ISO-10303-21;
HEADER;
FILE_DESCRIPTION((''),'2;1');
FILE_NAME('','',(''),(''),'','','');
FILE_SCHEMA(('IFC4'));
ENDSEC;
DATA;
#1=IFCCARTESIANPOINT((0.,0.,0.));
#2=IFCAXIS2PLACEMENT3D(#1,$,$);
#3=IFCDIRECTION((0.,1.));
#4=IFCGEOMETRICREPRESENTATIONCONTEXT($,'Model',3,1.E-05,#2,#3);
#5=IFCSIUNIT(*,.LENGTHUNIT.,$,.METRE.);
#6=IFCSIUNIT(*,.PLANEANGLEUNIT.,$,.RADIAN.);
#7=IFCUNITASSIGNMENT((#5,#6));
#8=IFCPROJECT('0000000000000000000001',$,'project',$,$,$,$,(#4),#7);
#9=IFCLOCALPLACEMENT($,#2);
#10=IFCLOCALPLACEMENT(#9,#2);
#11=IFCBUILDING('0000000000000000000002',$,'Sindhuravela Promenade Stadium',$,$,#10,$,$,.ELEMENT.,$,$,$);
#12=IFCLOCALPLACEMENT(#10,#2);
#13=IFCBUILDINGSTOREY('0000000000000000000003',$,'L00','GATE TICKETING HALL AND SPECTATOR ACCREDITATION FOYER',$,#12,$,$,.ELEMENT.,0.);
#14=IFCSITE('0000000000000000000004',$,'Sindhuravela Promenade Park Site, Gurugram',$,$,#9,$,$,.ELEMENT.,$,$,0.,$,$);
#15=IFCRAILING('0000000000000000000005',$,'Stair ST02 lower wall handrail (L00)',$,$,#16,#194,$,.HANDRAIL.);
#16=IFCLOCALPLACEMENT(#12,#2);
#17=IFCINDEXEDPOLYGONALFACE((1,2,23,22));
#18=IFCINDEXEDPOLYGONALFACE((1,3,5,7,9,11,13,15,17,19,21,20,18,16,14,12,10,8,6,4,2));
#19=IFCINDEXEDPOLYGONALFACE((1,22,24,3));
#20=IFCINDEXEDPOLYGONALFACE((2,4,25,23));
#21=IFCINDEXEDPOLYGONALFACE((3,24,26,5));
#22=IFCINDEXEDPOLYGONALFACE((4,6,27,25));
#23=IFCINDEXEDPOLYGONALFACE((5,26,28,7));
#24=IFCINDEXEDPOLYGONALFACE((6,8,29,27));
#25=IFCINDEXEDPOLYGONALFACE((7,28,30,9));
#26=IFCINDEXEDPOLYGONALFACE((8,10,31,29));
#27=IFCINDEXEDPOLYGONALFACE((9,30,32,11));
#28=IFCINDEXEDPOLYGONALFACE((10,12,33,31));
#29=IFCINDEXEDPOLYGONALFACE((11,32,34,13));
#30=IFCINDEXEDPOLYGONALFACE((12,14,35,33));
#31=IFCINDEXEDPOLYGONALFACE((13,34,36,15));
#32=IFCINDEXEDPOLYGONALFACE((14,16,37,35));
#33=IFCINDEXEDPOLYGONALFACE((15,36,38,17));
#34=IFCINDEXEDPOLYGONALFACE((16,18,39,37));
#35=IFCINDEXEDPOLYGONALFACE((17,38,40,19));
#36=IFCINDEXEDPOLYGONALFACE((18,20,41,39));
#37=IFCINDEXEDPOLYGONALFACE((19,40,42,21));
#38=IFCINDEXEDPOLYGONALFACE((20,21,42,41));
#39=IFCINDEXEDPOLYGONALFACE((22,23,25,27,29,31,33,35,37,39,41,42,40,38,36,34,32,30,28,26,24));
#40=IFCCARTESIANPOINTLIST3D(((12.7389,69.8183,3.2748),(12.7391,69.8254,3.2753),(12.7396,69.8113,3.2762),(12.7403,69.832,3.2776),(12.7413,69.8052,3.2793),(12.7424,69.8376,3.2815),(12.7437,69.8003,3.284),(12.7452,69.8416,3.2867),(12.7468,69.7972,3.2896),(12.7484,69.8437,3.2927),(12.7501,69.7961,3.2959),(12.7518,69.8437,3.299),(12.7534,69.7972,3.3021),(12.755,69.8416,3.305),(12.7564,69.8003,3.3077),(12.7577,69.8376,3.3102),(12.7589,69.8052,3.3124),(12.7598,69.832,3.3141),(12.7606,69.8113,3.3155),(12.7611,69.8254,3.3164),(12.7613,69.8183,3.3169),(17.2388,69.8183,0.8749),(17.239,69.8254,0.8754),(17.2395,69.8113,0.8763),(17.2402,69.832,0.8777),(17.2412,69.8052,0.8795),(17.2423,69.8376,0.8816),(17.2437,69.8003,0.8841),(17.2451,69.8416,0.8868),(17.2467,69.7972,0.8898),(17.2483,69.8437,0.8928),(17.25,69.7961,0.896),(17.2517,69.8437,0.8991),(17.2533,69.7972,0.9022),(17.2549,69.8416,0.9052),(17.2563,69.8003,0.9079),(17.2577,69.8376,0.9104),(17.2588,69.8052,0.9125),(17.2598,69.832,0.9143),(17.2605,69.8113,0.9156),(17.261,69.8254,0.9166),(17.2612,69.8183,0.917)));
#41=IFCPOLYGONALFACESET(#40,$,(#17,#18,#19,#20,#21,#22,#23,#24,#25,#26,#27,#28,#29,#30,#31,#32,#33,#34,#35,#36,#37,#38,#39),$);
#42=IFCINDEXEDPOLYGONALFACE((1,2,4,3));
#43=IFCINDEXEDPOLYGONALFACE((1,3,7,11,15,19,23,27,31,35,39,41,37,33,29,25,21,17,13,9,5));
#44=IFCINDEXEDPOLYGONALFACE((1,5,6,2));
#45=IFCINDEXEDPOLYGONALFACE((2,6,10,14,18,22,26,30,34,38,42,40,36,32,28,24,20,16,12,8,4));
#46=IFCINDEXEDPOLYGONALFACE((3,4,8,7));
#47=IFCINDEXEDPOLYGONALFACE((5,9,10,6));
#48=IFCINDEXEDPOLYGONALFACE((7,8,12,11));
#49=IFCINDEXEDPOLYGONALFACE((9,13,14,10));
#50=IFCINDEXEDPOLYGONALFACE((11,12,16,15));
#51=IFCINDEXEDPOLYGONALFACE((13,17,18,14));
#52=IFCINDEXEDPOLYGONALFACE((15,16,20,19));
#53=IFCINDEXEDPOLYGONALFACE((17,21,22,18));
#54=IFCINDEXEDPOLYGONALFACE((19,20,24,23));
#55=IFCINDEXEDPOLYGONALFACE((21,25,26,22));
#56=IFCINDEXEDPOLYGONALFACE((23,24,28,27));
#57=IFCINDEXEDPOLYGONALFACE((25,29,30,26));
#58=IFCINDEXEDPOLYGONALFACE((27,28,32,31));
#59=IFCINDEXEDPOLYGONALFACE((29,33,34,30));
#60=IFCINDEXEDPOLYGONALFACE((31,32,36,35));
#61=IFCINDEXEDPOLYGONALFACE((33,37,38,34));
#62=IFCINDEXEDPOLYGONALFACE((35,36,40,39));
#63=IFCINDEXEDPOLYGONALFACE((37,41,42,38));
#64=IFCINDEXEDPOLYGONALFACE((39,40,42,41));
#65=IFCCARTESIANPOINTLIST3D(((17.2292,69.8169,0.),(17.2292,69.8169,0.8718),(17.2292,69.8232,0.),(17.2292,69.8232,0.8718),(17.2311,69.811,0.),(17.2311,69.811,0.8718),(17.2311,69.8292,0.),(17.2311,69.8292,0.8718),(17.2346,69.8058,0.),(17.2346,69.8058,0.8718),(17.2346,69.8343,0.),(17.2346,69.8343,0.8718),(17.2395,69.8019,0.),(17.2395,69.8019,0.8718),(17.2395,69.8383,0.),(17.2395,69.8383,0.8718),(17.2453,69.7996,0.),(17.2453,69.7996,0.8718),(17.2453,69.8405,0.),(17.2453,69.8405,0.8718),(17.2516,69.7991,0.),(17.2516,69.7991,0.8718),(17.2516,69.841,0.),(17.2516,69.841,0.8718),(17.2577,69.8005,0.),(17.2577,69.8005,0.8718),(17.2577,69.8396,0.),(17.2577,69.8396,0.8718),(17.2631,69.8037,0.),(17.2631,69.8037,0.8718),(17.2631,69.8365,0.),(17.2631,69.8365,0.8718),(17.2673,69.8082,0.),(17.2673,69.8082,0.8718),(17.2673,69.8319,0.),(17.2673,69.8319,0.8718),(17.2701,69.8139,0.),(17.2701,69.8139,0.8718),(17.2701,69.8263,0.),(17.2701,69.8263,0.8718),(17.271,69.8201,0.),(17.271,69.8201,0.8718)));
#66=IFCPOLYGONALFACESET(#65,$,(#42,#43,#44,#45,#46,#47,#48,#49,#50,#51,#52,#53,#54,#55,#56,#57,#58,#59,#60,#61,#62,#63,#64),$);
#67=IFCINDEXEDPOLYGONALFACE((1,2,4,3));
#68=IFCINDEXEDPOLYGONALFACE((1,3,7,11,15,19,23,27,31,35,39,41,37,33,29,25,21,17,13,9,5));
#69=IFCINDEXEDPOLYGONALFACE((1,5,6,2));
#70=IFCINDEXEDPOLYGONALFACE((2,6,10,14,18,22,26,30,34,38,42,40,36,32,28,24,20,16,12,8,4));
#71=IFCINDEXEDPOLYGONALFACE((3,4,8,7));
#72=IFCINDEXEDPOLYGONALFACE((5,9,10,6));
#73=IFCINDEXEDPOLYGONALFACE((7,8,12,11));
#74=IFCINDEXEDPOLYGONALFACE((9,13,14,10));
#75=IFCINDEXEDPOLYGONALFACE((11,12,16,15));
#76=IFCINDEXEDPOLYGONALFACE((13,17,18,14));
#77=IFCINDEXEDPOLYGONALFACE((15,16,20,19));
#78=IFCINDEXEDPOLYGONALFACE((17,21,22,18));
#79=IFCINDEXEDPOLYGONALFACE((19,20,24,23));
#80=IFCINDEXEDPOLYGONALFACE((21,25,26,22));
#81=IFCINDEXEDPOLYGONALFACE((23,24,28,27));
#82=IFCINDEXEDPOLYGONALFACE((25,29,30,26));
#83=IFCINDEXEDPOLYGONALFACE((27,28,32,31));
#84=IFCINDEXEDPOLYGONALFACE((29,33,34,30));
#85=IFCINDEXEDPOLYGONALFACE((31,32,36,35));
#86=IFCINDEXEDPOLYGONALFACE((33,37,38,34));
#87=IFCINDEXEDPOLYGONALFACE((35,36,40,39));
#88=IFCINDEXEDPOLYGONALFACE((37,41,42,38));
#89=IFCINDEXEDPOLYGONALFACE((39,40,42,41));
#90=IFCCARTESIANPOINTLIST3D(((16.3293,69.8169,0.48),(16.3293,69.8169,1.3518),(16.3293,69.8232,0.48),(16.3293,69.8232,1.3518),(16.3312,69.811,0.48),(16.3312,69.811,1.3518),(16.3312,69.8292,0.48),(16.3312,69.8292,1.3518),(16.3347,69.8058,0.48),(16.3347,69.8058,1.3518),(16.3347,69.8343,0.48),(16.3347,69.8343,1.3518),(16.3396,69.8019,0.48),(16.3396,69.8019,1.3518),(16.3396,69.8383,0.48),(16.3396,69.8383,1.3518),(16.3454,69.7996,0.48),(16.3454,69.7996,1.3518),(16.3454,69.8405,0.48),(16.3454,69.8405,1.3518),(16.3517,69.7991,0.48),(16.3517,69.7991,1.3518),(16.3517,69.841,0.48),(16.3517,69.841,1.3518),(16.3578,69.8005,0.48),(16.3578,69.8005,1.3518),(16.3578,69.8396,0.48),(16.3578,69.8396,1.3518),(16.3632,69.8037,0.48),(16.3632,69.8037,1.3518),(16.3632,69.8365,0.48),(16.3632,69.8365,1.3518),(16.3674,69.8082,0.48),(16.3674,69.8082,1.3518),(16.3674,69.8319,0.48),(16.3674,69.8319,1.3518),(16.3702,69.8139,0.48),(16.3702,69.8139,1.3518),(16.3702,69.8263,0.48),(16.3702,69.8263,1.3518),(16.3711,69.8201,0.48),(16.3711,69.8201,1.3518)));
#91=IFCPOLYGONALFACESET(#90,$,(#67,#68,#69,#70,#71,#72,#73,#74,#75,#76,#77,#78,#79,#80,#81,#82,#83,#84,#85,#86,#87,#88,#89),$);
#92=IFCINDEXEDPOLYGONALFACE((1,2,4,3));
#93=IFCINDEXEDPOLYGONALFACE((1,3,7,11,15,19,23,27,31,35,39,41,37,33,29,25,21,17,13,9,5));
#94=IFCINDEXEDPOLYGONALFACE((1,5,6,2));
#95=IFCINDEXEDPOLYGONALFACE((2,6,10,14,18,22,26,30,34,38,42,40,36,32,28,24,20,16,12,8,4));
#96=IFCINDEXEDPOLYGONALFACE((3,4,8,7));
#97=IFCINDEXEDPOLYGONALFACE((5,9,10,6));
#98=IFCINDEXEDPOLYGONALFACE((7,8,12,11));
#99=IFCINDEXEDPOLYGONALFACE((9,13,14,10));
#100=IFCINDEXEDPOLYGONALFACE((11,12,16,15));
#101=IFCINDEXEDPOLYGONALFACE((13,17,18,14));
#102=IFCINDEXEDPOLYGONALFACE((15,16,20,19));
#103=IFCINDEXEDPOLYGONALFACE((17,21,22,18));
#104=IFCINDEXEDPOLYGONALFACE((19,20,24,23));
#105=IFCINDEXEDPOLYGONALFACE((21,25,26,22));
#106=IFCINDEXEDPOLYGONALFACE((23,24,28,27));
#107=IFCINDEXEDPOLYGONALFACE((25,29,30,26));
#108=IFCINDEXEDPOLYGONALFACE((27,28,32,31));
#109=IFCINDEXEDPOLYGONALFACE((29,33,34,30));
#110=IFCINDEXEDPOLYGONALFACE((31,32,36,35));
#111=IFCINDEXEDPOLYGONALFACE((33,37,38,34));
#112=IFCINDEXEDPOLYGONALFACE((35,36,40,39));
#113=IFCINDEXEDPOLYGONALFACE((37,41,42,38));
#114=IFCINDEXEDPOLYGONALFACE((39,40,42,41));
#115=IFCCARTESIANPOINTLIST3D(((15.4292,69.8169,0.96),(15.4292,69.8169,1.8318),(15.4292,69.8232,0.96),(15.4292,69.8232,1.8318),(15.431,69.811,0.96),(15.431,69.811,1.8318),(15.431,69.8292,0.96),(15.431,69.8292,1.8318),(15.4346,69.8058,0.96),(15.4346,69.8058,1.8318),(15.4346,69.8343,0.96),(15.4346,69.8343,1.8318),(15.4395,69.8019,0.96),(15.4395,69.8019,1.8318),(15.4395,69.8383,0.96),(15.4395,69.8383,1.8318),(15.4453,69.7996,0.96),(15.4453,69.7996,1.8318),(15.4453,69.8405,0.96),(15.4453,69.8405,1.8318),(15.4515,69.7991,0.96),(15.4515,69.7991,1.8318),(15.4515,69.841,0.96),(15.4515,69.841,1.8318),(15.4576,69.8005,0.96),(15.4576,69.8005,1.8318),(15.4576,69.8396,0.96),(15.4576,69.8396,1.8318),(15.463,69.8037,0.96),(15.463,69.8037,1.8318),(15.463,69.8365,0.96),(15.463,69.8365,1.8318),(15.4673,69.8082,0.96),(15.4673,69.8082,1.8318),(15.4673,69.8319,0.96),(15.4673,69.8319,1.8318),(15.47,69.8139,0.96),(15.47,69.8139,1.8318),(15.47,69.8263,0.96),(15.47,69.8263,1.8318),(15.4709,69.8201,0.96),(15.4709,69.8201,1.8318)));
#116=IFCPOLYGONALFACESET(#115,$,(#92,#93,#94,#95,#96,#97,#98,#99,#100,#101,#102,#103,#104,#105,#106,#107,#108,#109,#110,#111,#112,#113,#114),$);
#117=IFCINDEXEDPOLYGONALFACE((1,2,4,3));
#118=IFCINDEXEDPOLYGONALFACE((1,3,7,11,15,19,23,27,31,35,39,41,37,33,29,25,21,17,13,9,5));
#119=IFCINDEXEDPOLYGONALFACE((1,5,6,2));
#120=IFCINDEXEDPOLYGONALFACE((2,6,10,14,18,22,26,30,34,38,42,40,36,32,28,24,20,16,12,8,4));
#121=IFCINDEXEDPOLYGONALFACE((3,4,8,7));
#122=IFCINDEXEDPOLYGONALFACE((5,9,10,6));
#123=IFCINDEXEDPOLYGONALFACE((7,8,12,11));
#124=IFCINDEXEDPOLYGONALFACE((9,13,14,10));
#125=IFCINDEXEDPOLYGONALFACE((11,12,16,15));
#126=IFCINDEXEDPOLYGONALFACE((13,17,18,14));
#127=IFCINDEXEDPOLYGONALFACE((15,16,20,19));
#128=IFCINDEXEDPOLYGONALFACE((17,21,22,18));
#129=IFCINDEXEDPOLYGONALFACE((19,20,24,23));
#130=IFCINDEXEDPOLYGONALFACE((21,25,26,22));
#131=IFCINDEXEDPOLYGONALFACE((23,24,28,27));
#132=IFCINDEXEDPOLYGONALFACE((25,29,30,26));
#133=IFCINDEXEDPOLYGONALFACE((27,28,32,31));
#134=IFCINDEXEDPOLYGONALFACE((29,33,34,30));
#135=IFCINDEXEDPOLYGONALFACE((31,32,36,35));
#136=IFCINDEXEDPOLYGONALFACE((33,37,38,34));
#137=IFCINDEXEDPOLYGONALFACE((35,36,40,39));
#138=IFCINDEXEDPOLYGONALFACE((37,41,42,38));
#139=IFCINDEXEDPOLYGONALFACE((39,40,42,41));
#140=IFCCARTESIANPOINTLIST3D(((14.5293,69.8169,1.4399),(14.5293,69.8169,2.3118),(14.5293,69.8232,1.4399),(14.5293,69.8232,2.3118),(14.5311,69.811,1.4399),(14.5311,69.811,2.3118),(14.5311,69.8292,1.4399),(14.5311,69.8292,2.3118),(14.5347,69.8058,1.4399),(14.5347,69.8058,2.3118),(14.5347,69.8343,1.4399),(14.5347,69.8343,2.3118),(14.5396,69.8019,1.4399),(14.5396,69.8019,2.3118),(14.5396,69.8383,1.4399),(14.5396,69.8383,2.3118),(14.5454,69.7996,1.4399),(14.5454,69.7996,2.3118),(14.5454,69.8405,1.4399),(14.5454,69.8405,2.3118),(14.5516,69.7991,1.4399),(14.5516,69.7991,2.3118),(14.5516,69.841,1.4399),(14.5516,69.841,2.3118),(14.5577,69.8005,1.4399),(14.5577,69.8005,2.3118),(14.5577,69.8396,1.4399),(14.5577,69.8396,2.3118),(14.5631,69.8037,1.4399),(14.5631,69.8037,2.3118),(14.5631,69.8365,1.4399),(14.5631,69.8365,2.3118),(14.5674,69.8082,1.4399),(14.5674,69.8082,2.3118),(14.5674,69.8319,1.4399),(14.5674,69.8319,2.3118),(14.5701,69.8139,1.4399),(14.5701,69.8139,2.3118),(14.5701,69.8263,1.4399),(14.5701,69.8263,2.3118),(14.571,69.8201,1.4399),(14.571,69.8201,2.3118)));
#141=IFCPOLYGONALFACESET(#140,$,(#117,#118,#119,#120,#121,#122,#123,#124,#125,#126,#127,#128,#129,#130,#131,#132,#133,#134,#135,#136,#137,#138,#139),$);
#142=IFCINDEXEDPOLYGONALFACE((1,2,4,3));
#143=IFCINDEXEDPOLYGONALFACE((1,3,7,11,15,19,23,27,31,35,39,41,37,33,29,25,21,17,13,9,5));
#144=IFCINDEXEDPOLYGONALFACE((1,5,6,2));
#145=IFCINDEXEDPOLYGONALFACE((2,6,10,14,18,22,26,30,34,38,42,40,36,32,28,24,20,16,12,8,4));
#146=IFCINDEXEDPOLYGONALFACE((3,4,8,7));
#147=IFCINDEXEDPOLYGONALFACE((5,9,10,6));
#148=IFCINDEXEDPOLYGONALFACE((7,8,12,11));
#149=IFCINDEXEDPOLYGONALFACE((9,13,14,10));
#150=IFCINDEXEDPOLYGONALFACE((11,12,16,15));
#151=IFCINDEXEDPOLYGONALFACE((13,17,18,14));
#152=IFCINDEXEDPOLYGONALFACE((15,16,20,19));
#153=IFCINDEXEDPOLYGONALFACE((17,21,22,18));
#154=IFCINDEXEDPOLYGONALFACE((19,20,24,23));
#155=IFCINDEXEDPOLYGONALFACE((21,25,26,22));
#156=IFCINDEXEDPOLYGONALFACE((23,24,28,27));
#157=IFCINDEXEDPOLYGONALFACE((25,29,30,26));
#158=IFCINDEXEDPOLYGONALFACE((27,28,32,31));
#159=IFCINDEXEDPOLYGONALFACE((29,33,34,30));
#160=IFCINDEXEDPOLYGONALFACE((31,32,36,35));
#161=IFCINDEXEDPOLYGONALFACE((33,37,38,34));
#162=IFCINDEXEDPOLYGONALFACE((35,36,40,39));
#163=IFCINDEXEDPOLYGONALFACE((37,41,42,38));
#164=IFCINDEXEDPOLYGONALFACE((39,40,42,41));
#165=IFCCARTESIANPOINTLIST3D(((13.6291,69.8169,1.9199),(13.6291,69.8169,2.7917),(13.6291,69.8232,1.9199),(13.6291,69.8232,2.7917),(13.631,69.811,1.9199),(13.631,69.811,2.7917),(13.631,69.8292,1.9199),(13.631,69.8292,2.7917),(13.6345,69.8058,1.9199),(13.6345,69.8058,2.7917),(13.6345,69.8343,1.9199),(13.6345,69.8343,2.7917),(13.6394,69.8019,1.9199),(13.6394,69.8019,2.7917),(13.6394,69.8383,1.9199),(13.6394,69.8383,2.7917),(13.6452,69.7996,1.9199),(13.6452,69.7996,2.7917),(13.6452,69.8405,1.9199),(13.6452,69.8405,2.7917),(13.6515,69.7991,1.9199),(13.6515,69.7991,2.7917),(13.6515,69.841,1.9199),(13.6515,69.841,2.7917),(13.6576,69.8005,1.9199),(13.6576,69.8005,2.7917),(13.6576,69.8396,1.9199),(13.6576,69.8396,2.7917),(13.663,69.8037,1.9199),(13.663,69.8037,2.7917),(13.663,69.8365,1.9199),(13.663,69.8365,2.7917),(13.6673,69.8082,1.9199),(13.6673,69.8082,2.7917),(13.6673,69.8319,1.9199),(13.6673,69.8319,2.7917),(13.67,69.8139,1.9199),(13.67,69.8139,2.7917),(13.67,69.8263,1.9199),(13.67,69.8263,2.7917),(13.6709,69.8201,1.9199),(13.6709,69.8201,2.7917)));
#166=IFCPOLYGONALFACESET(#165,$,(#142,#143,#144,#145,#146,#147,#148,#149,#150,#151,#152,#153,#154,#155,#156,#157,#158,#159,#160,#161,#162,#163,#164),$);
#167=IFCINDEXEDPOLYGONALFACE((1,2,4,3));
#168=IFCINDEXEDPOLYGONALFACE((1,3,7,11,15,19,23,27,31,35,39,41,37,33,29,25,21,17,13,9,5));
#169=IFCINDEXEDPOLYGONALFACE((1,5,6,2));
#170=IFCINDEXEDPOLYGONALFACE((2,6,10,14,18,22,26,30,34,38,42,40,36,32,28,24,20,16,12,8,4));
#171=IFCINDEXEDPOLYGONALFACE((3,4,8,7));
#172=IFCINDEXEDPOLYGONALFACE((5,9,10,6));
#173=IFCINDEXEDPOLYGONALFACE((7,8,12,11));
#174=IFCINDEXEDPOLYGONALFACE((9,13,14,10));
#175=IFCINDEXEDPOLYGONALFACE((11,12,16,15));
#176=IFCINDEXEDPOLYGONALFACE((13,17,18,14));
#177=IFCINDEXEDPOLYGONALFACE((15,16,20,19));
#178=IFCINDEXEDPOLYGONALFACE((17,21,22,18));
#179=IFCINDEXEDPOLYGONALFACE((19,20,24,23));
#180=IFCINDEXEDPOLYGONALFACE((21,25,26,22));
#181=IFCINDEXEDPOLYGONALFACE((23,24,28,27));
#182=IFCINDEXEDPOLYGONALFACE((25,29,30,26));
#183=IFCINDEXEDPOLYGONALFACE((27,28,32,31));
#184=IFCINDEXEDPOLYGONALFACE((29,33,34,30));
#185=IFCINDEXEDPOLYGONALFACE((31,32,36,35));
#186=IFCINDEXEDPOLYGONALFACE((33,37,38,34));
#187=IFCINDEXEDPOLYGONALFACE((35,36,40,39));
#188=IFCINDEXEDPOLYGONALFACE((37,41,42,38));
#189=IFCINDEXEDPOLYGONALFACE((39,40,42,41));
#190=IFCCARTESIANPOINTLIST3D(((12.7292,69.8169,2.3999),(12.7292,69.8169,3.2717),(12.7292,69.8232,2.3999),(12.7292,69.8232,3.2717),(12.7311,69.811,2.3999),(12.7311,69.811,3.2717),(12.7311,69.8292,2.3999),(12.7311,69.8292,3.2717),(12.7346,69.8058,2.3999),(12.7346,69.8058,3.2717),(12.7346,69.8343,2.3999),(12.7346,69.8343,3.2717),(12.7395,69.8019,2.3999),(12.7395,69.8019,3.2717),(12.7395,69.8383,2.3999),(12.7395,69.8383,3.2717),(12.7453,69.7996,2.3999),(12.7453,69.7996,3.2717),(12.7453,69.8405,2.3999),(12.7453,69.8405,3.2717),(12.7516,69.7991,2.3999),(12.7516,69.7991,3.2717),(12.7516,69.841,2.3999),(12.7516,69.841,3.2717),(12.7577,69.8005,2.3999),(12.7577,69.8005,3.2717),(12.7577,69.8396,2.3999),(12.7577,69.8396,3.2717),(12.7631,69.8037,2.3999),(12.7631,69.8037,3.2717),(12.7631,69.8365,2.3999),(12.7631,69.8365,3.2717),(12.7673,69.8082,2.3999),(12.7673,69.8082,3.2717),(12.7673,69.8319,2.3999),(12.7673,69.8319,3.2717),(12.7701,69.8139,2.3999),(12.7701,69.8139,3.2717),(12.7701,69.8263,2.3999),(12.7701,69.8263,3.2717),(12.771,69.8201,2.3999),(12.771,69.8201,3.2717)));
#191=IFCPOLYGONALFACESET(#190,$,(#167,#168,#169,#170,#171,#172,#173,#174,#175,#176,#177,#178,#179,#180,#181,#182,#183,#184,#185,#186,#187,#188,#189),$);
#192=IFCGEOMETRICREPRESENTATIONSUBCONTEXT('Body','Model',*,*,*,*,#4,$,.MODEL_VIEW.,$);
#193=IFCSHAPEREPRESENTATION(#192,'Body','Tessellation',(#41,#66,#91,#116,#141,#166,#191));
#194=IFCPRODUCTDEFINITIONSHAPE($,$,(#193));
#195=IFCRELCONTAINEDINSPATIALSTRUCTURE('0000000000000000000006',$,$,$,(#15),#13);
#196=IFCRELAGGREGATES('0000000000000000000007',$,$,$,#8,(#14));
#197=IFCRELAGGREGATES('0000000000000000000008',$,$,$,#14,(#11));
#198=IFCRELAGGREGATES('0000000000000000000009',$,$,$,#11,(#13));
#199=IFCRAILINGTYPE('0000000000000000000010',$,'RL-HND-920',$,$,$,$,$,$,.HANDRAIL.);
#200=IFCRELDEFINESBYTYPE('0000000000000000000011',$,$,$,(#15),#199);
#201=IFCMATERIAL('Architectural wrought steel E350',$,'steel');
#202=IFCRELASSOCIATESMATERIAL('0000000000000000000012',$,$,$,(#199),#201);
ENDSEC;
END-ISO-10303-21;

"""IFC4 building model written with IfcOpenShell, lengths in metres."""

from ifc_helpers import new_model, si_unit, direction, frame, origin, origin_2d, place, context, subcontext, project, spatial, circle, extrude, material, type_object, element, save


model = new_model("IFC4")

# Units and contexts
model_context = context("Model", 3, precision=1e-05, world=origin(), true_north=direction((0.0, 1.0)))
body_context = subcontext(model_context, "Body", "Model", "MODEL_VIEW")
ifc_project = project(units=[si_unit("LENGTHUNIT", "METRE"), si_unit("PLANEANGLEUNIT", "RADIAN")], contexts=[model_context])

# Site, building, storey
site_placement = place(None, origin())
site = spatial("IfcSite", under=ifc_project, at=site_placement, Name="Sindhuravela Promenade Park Site, Gurugram", CompositionType="ELEMENT", RefElevation=0.0)
building_placement = place(site_placement, origin())
building = spatial("IfcBuilding", under=site, at=building_placement, Name="Sindhuravela Promenade Stadium", CompositionType="ELEMENT")
storey_placement = place(building_placement, origin())
storey = spatial("IfcBuildingStorey", under=building, at=storey_placement, Name="L00", Description="GATE TICKETING HALL AND SPECTATOR ACCREDITATION FOYER", CompositionType="ELEMENT", Elevation=0.0)

# Shared definitions
ifc_material_1 = material(Name="Architectural wrought steel E350", Category="steel")

# Railing
railing_type_1 = type_object("IfcRailingType", Name="RL-HND-920", PredefinedType="HANDRAIL", material=ifc_material_1)
railing_1_placement = place(storey_placement, frame((17.25, 69.8201, 0.0)))
element("IfcRailing", 1, at=railing_1_placement, inside=storey, type_object=railing_type_1, Name="Stair ST02 lower wall handrail (L00)", PredefinedType="HANDRAIL", context=body_context, shape_type="SweptSolid", body=[
    extrude(circle(Radius=0.0239, at=origin_2d()), frame((0.0, 0.0, 0.896), z_axis=(-0.882361, 0.0, 0.470573), x_axis=(0.0, -1.0, 0.0)), (0.0, 0.0, 1.0), 5.0999),
    extrude(circle(Radius=0.021, at=origin_2d()), origin(), (0.0, 0.0, 1.0), 0.8718),
    extrude(circle(Radius=0.021, at=origin_2d()), frame((-0.8999, 0.0, 0.48)), (0.0, 0.0, 1.0), 0.8718),
    extrude(circle(Radius=0.021, at=origin_2d()), frame((-1.8, 0.0, 0.96)), (0.0, 0.0, 1.0), 0.8718),
    extrude(circle(Radius=0.021, at=origin_2d()), frame((-2.7, 0.0, 1.4399)), (0.0, 0.0, 1.0), 0.8718),
    extrude(circle(Radius=0.021, at=origin_2d()), frame((-3.6001, 0.0, 1.9199)), (0.0, 0.0, 1.0), 0.8718),
    extrude(circle(Radius=0.021, at=origin_2d()), frame((-4.5, 0.0, 2.3999)), (0.0, 0.0, 1.0), 0.8718),
])

save(model, "model.ifc")
